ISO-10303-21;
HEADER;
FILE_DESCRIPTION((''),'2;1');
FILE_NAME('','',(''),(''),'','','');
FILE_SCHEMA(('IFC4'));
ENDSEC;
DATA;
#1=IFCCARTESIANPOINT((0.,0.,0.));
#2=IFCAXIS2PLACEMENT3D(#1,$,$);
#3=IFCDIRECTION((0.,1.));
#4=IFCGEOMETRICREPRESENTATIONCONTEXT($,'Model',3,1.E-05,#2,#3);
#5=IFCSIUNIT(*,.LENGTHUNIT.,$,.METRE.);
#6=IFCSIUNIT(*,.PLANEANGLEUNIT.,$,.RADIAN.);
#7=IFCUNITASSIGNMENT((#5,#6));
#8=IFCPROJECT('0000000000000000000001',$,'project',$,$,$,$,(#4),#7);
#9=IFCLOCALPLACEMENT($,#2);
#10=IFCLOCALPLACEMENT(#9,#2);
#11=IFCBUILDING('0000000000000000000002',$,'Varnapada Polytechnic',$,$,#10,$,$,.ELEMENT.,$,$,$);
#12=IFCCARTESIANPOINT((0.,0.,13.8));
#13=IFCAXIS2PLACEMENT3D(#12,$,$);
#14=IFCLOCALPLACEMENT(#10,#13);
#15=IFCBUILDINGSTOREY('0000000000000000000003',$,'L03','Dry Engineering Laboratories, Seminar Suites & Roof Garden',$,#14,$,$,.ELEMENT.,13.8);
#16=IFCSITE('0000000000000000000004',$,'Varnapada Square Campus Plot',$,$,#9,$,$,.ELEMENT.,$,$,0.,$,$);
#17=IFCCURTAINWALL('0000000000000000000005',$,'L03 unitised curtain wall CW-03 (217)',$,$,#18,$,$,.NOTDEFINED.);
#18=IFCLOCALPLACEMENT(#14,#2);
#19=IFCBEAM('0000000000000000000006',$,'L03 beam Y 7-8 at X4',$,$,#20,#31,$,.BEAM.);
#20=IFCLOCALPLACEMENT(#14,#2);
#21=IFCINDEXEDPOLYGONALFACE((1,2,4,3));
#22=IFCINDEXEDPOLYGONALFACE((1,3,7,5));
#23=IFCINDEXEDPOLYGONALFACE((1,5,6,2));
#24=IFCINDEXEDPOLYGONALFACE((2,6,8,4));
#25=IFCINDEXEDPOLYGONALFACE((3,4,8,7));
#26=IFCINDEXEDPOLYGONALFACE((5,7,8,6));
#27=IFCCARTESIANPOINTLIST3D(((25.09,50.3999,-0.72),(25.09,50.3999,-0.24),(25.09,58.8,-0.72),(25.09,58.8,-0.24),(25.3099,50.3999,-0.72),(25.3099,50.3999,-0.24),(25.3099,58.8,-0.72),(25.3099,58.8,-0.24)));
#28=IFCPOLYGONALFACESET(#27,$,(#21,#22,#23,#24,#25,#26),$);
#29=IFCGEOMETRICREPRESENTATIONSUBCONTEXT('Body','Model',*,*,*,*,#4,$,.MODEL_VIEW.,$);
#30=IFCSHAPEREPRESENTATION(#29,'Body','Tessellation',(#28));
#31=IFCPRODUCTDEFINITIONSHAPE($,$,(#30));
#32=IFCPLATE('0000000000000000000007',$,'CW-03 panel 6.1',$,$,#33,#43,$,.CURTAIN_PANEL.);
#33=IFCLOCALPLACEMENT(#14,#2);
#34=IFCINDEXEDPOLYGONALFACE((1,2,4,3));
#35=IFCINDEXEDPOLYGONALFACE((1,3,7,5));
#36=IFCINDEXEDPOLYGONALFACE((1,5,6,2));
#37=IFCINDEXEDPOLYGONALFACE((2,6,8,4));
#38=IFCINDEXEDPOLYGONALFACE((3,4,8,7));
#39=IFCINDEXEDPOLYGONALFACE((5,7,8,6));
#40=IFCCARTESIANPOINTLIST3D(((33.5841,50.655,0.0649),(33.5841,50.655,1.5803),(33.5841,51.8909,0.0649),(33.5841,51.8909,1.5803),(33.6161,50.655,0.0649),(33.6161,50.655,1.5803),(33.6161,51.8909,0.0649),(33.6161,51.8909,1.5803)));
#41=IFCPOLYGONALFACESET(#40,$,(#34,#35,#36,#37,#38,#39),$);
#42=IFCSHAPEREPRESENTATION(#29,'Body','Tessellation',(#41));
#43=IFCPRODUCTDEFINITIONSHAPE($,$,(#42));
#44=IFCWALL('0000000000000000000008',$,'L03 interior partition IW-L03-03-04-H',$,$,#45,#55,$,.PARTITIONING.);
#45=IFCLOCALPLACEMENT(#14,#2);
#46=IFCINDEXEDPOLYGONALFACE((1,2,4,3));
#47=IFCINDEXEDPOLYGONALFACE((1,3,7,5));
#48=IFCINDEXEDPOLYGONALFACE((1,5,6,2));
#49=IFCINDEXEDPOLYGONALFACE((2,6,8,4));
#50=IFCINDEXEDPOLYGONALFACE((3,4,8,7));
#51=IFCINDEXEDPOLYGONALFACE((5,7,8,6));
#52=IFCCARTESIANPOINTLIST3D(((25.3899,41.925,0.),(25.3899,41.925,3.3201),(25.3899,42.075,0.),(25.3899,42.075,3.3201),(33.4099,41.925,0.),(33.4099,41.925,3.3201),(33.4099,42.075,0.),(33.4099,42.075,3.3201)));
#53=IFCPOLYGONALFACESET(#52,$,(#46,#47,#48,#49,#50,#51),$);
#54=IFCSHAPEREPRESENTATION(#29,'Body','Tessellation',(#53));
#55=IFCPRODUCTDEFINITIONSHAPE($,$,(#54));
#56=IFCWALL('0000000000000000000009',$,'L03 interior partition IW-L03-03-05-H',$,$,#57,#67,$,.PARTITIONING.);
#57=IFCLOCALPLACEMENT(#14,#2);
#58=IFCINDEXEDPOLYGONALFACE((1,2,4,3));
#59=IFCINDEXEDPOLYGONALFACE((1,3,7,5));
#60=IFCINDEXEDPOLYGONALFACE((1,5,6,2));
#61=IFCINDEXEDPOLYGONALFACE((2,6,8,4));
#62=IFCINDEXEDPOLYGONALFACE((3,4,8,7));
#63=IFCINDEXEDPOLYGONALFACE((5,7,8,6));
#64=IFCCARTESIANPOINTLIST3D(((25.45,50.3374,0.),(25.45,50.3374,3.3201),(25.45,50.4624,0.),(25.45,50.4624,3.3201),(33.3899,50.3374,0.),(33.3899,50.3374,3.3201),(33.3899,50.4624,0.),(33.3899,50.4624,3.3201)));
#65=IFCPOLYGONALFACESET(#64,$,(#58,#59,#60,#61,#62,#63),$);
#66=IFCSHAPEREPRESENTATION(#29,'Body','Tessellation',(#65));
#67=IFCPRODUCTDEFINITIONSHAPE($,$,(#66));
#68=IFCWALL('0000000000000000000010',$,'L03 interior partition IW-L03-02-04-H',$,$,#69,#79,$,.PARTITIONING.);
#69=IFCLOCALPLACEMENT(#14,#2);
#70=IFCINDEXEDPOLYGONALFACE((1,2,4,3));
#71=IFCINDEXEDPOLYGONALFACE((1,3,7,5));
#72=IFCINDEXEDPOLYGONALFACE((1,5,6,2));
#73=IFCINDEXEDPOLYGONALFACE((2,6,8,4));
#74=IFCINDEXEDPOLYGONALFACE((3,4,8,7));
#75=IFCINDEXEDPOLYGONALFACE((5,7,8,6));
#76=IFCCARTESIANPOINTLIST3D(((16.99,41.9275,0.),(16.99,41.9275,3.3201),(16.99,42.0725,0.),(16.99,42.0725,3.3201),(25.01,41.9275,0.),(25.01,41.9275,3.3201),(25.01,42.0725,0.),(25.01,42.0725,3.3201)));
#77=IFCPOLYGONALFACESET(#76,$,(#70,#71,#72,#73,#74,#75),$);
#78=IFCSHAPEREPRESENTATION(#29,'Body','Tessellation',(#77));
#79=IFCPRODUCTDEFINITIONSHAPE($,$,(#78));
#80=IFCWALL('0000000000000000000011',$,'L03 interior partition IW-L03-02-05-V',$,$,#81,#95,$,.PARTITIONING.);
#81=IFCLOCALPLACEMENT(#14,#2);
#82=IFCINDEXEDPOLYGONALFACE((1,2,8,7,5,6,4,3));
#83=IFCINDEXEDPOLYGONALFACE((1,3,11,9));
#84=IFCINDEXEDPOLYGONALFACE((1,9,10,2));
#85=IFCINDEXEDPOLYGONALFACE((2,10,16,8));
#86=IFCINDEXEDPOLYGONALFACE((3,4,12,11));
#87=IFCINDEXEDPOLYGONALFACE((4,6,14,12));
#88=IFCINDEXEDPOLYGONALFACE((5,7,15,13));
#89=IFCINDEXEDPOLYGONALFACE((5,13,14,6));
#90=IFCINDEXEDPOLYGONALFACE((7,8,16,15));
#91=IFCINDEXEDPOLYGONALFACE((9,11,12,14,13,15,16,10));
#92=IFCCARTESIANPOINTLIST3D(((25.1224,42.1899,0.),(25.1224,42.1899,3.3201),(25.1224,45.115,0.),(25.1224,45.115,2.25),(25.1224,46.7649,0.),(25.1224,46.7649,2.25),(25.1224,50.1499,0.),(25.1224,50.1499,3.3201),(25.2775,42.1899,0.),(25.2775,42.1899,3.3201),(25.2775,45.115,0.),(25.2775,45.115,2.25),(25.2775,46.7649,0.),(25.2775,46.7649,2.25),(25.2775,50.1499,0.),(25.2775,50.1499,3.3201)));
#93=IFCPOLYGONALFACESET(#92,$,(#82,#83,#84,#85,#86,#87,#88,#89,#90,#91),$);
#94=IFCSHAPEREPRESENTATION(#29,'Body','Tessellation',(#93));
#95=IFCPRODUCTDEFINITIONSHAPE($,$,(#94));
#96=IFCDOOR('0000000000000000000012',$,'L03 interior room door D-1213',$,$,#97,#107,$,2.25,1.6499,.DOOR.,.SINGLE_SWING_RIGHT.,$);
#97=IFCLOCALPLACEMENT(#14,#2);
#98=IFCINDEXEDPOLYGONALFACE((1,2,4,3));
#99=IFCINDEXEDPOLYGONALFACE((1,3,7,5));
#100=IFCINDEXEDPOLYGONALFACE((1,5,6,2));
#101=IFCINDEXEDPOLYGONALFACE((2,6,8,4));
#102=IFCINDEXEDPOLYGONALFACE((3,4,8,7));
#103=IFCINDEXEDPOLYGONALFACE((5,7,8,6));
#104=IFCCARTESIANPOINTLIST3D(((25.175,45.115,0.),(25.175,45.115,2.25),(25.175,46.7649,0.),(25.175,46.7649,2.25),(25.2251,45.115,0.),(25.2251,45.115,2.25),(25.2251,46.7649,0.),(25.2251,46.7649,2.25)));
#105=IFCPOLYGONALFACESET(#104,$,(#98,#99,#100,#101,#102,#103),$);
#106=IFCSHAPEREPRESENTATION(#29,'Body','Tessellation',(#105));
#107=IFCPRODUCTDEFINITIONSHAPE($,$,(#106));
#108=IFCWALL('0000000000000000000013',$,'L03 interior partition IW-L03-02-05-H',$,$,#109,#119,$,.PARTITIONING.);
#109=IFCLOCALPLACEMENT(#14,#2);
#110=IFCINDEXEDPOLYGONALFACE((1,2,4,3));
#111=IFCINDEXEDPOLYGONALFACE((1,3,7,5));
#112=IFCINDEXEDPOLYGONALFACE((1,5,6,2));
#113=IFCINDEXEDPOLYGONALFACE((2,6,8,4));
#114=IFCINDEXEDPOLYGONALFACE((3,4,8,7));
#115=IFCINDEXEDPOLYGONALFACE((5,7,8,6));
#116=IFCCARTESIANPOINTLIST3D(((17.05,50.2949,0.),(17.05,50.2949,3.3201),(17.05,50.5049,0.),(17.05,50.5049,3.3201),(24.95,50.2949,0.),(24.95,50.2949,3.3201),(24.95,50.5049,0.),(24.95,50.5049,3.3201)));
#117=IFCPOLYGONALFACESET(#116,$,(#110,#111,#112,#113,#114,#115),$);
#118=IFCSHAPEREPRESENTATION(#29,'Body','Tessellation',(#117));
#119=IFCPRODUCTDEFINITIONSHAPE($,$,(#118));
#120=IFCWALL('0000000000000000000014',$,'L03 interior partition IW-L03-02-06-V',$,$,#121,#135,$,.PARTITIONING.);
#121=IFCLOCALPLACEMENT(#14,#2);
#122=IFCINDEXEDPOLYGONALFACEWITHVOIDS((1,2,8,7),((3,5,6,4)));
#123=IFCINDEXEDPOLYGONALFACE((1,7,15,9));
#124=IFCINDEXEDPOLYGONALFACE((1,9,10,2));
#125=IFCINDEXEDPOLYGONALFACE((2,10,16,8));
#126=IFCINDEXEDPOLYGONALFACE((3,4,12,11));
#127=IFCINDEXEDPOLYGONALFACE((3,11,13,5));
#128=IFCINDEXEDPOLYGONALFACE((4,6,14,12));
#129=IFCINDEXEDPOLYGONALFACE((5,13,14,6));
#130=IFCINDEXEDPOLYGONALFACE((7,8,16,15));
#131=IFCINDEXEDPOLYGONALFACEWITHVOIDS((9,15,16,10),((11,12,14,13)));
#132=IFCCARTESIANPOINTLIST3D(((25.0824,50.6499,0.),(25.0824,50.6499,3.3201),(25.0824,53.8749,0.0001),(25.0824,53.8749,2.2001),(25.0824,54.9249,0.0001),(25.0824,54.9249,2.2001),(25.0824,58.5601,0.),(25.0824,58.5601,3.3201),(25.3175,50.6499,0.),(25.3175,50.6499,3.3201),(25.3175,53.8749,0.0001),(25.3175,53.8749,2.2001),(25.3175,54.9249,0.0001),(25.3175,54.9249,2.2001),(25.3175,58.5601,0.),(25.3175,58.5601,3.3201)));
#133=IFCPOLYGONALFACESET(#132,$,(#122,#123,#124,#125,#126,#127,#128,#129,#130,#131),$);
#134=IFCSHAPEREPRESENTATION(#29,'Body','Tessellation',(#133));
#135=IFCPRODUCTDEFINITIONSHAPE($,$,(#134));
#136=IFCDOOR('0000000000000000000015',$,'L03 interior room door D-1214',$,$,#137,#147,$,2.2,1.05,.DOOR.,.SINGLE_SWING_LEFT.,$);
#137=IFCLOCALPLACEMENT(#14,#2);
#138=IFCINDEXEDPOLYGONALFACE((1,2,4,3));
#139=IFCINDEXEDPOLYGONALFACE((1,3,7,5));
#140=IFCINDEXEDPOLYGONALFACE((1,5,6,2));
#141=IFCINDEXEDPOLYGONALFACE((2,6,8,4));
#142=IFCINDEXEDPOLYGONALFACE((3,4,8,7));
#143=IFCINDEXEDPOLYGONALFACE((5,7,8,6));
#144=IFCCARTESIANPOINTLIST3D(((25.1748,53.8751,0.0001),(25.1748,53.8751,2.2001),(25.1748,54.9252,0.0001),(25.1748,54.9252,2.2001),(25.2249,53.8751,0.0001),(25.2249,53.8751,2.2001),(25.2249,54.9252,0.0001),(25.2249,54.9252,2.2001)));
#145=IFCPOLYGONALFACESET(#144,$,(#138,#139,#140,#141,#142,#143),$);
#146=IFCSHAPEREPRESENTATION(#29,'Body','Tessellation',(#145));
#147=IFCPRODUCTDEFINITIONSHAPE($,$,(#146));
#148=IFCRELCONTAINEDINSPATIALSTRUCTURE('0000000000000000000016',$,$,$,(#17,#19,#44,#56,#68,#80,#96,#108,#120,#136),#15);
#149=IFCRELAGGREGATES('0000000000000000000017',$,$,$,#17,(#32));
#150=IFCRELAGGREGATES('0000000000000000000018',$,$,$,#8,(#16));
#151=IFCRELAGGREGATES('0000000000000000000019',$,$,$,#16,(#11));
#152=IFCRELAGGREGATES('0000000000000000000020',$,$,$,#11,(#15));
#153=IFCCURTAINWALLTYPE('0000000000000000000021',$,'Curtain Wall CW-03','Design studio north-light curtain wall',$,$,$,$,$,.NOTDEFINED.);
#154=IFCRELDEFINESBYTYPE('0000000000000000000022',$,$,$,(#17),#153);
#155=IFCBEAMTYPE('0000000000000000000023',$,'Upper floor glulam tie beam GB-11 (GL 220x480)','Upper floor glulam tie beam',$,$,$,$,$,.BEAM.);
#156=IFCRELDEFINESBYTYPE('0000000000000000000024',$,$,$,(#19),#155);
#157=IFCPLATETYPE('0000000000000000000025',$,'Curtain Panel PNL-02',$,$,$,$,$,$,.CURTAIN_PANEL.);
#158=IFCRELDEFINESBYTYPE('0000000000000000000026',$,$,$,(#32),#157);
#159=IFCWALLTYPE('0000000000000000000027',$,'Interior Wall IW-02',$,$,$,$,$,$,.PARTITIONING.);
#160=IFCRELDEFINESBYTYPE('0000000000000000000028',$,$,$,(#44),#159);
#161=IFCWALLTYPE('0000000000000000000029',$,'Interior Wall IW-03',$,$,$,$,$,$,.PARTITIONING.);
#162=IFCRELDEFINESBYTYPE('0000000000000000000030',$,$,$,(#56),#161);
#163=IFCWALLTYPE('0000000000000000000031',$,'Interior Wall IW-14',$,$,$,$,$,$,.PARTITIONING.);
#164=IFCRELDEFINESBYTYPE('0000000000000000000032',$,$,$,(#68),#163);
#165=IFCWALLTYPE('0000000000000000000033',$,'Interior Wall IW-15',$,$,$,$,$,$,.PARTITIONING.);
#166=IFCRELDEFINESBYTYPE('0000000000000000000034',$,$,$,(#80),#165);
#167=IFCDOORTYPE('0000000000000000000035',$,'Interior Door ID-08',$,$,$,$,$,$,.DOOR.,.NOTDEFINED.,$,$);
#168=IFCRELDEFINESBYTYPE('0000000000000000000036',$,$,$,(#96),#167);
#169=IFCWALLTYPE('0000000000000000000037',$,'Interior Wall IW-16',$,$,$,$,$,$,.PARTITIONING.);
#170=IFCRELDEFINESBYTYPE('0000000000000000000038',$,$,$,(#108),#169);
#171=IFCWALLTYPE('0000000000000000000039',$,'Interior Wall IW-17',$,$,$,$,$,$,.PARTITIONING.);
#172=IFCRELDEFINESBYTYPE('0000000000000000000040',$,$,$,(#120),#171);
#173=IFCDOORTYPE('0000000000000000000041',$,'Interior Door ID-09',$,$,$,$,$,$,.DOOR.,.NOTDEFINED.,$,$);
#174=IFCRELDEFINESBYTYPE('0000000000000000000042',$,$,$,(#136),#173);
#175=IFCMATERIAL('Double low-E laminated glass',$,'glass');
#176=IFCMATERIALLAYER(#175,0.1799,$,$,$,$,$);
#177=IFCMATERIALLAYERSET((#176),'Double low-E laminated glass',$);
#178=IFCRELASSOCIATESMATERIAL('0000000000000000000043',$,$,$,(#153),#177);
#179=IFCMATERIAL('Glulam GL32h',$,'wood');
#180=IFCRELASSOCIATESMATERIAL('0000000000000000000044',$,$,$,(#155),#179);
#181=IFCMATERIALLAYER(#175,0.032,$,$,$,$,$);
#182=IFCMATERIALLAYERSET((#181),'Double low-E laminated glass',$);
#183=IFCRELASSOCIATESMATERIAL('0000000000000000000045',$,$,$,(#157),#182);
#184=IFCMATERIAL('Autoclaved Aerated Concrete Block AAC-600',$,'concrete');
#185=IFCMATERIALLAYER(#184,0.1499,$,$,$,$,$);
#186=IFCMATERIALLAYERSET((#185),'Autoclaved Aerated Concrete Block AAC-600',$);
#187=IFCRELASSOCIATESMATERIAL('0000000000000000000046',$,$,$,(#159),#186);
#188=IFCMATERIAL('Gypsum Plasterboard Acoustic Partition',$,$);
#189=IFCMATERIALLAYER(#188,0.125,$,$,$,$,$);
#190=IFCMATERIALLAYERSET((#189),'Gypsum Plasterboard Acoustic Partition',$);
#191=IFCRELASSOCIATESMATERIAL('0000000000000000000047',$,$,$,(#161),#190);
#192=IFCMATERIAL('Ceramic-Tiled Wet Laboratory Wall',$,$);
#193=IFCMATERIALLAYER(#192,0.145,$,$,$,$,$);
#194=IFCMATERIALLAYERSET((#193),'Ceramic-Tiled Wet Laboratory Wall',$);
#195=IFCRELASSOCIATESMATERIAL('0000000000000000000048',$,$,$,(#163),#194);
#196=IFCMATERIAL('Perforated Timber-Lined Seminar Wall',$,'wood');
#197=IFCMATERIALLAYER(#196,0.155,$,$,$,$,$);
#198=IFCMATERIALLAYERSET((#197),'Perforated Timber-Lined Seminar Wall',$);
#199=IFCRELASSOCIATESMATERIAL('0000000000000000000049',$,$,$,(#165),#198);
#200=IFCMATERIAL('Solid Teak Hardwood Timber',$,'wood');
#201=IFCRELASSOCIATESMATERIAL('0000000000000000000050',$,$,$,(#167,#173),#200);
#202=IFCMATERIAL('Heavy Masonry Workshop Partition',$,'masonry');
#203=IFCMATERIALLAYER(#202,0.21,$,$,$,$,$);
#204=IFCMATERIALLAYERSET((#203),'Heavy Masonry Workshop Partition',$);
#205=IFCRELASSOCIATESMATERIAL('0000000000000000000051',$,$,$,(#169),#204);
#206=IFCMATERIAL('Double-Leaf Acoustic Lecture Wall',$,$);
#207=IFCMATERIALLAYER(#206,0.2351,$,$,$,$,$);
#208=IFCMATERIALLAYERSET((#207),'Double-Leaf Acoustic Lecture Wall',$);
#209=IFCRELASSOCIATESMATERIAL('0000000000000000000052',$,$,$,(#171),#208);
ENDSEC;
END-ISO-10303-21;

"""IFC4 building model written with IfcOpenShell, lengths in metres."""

from ifc_helpers import new_model, si_unit, direction, frame, frame_2d, origin, origin_2d, place, context, subcontext, project, spatial, rectangle, extrude, material, layer, layer_set, material_profile, profile_set, type_object, element, fill, aggregate, save


model = new_model("IFC4")

# Units and contexts
model_context = context("Model", 3, precision=1e-05, world=origin(), true_north=direction((0.0, 1.0)))
body_context = subcontext(model_context, "Body", "Model", "MODEL_VIEW")
ifc_project = project(units=[si_unit("LENGTHUNIT", "METRE"), si_unit("PLANEANGLEUNIT", "RADIAN")], contexts=[model_context])

# Site, building, storey
site_placement = place(None, origin())
site = spatial("IfcSite", under=ifc_project, at=site_placement, Name="Varnapada Square Campus Plot", CompositionType="ELEMENT", RefElevation=0.0)
building_placement = place(site_placement, origin())
building = spatial("IfcBuilding", under=site, at=building_placement, Name="Varnapada Polytechnic", CompositionType="ELEMENT")
storey_placement = place(building_placement, frame((0.0, 0.0, 13.8)))
storey = spatial("IfcBuildingStorey", under=building, at=storey_placement, Name="L03", Description="Dry Engineering Laboratories, Seminar Suites & Roof Garden", CompositionType="ELEMENT", Elevation=13.8)

# Shared definitions
ifc_material_1 = material(Name="Glulam GL32h", Category="wood")

# Curtain wall
ifc_material_2 = material(Name="Double low-E laminated glass", Category="glass")
ifc_layer_1 = layer(ifc_material_2, 0.1799)
ifc_layer_set_1 = layer_set([ifc_layer_1], Name="Double low-E laminated glass")
curtain_wall_type = type_object("IfcCurtainWallType", Name="Curtain Wall CW-03", Description="Design studio north-light curtain wall", PredefinedType="NOTDEFINED", material=ifc_layer_set_1)
curtain_wall_placement = place(storey_placement, origin())
curtain_wall = element("IfcCurtainWall", 1, at=curtain_wall_placement, inside=storey, type_object=curtain_wall_type, Name="L03 unitised curtain wall CW-03 (217)", PredefinedType="NOTDEFINED")

# Beam
ifc_material_profile_1 = material_profile(ifc_material_1, rectangle(XDim=0.22, YDim=0.48, at=origin_2d()), Name="GL 220x480")
ifc_profile_set_1 = profile_set([ifc_material_profile_1], Name="Glulam GL32h")
beam_type_1 = type_object("IfcBeamType", Name="Upper floor glulam tie beam GB-11 (GL 220x480)", Description="Upper floor glulam tie beam", PredefinedType="BEAM", material=ifc_profile_set_1)
beam_1_placement = place(storey_placement, frame((25.2, 50.3999, -0.48), z_axis=(0.0, 1.0, 0.0), x_axis=(-1.0, 0.0, 0.0)))
element("IfcBeam", 2, at=beam_1_placement, inside=storey, type_object=beam_type_1, Name="L03 beam Y 7-8 at X4", PredefinedType="BEAM", context=body_context, shape_type="SweptSolid", body=[
    extrude(rectangle(XDim=0.22, YDim=0.48, at=origin_2d()), origin(), (0.0, 0.0, 1.0), 8.4001),
])

# Plate
ifc_layer_2 = layer(ifc_material_2, 0.032)
ifc_layer_set_2 = layer_set([ifc_layer_2], Name="Double low-E laminated glass")
plate_type = type_object("IfcPlateType", Name="Curtain Panel PNL-02", PredefinedType="CURTAIN_PANEL", material=ifc_layer_set_2)
plate_placement = place(storey_placement, frame((33.6001, 51.2729, 0.0649), z_axis=(0.0, 0.0, 1.0), x_axis=(0.0, -1.0, 0.0)))
plate = element("IfcPlate", 3, at=plate_placement, type_object=plate_type, Name="CW-03 panel 6.1", PredefinedType="CURTAIN_PANEL", context=body_context, shape_type="SweptSolid", body=[
    extrude(rectangle(XDim=1.2358, YDim=0.032, at=origin_2d()), origin(), (0.0, 0.0, 1.0), 1.5154),
])
aggregate(curtain_wall, [plate])

# Walls
ifc_material_3 = material(Name="Autoclaved Aerated Concrete Block AAC-600", Category="concrete")
ifc_layer_3 = layer(ifc_material_3, 0.1499)
ifc_layer_set_3 = layer_set([ifc_layer_3], Name="Autoclaved Aerated Concrete Block AAC-600")
wall_type_1 = type_object("IfcWallType", Name="Interior Wall IW-02", PredefinedType="PARTITIONING", material=ifc_layer_set_3)
wall_1_placement = place(storey_placement, frame((25.3899, 42.0, 0.0), z_axis=(0.0, 0.0, 1.0), x_axis=(1.0, 0.0, 0.0)))
element("IfcWall", 4, at=wall_1_placement, inside=storey, type_object=wall_type_1, Name="L03 interior partition IW-L03-03-04-H", PredefinedType="PARTITIONING", context=body_context, shape_type="SweptSolid", body=[
    extrude(rectangle(XDim=8.02, YDim=0.1499, at=frame_2d((4.01, 0.0))), origin(), (0.0, 0.0, 1.0), 3.3201),
])
ifc_material_4 = material(Name="Gypsum Plasterboard Acoustic Partition")
ifc_layer_4 = layer(ifc_material_4, 0.125)
ifc_layer_set_4 = layer_set([ifc_layer_4], Name="Gypsum Plasterboard Acoustic Partition")
wall_type_2 = type_object("IfcWallType", Name="Interior Wall IW-03", PredefinedType="PARTITIONING", material=ifc_layer_set_4)
wall_2_placement = place(storey_placement, frame((25.45, 50.3999, 0.0), z_axis=(0.0, 0.0, 1.0), x_axis=(1.0, 0.0, 0.0)))
element("IfcWall", 5, at=wall_2_placement, inside=storey, type_object=wall_type_2, Name="L03 interior partition IW-L03-03-05-H", PredefinedType="PARTITIONING", context=body_context, shape_type="SweptSolid", body=[
    extrude(rectangle(XDim=7.9399, YDim=0.125, at=frame_2d((3.97, 0.0))), origin(), (0.0, 0.0, 1.0), 3.3201),
])
ifc_material_5 = material(Name="Ceramic-Tiled Wet Laboratory Wall")
ifc_layer_5 = layer(ifc_material_5, 0.145)
ifc_layer_set_5 = layer_set([ifc_layer_5], Name="Ceramic-Tiled Wet Laboratory Wall")
wall_type_3 = type_object("IfcWallType", Name="Interior Wall IW-14", PredefinedType="PARTITIONING", material=ifc_layer_set_5)
wall_3_placement = place(storey_placement, frame((16.99, 42.0, 0.0), z_axis=(0.0, 0.0, 1.0), x_axis=(1.0, 0.0, 0.0)))
element("IfcWall", 6, at=wall_3_placement, inside=storey, type_object=wall_type_3, Name="L03 interior partition IW-L03-02-04-H", PredefinedType="PARTITIONING", context=body_context, shape_type="SweptSolid", body=[
    extrude(rectangle(XDim=8.02, YDim=0.145, at=frame_2d((4.01, 0.0))), origin(), (0.0, 0.0, 1.0), 3.3201),
])

# Wall, opening, door
ifc_material_6 = material(Name="Perforated Timber-Lined Seminar Wall", Category="wood")
ifc_layer_6 = layer(ifc_material_6, 0.155)
ifc_layer_set_6 = layer_set([ifc_layer_6], Name="Perforated Timber-Lined Seminar Wall")
wall_type_4 = type_object("IfcWallType", Name="Interior Wall IW-15", PredefinedType="PARTITIONING", material=ifc_layer_set_6)
wall_4_placement = place(storey_placement, frame((25.2, 42.1899, 0.0), z_axis=(0.0, 0.0, 1.0), x_axis=(0.0, 1.0, 0.0)))
wall_4 = element("IfcWall", 7, at=wall_4_placement, inside=storey, type_object=wall_type_4, Name="L03 interior partition IW-L03-02-05-V", PredefinedType="PARTITIONING", context=body_context, shape_type="SweptSolid", body=[
    extrude(rectangle(XDim=7.96, YDim=0.155, at=frame_2d((3.98, 0.0))), origin(), (0.0, 0.0, 1.0), 3.3201),
])
opening_1_placement = place(wall_4_placement, frame((2.925, 0.0, 0.0)))
opening_1 = element("IfcOpeningElement", 8, at=opening_1_placement, cuts=wall_4, PredefinedType="OPENING", context=body_context, shape_type="SweptSolid", body=[
    extrude(rectangle(XDim=1.6499, YDim=2.25, at=frame_2d((0.825, 1.125))), frame((0.0, 0.0874, 0.0), z_axis=(0.0, -1.0, 0.0), x_axis=(1.0, 0.0, 0.0)), (0.0, 0.0, 1.0), 0.175),
])
ifc_material_7 = material(Name="Solid Teak Hardwood Timber", Category="wood")
door_type_1 = type_object("IfcDoorType", Name="Interior Door ID-08", OperationType="NOTDEFINED", PredefinedType="DOOR", material=ifc_material_7)
door_1_placement = place(opening_1_placement, origin())
door_1 = element("IfcDoor", 9, at=door_1_placement, inside=storey, type_object=door_type_1, Name="L03 interior room door D-1213", OperationType="SINGLE_SWING_RIGHT", OverallHeight=2.25, OverallWidth=1.6499, PredefinedType="DOOR", context=body_context, shape_type="SweptSolid", body=[
    extrude(rectangle(XDim=1.6499, YDim=2.25, at=frame_2d((0.825, 1.125))), frame((0.0, 0.0249, 0.0), z_axis=(0.0, -1.0, 0.0), x_axis=(1.0, 0.0, 0.0)), (0.0, 0.0, 1.0), 0.05),
])
fill(opening_1, door_1)

# Wall
ifc_material_8 = material(Name="Heavy Masonry Workshop Partition", Category="masonry")
ifc_layer_7 = layer(ifc_material_8, 0.21)
ifc_layer_set_7 = layer_set([ifc_layer_7], Name="Heavy Masonry Workshop Partition")
wall_type_5 = type_object("IfcWallType", Name="Interior Wall IW-16", PredefinedType="PARTITIONING", material=ifc_layer_set_7)
wall_5_placement = place(storey_placement, frame((17.05, 50.3999, 0.0), z_axis=(0.0, 0.0, 1.0), x_axis=(1.0, 0.0, 0.0)))
element("IfcWall", 10, at=wall_5_placement, inside=storey, type_object=wall_type_5, Name="L03 interior partition IW-L03-02-05-H", PredefinedType="PARTITIONING", context=body_context, shape_type="SweptSolid", body=[
    extrude(rectangle(XDim=7.8999, YDim=0.21, at=frame_2d((3.95, 0.0))), origin(), (0.0, 0.0, 1.0), 3.3201),
])

# Wall, opening, door
ifc_material_9 = material(Name="Double-Leaf Acoustic Lecture Wall")
ifc_layer_8 = layer(ifc_material_9, 0.2351)
ifc_layer_set_8 = layer_set([ifc_layer_8], Name="Double-Leaf Acoustic Lecture Wall")
wall_type_6 = type_object("IfcWallType", Name="Interior Wall IW-17", PredefinedType="PARTITIONING", material=ifc_layer_set_8)
wall_6_placement = place(storey_placement, frame((25.2, 50.6499, 0.0), z_axis=(0.0, 0.0, 1.0), x_axis=(0.0, 1.0, 0.0)))
wall_6 = element("IfcWall", 11, at=wall_6_placement, inside=storey, type_object=wall_type_6, Name="L03 interior partition IW-L03-02-06-V", PredefinedType="PARTITIONING", context=body_context, shape_type="SweptSolid", body=[
    extrude(rectangle(XDim=7.9102, YDim=0.2351, at=frame_2d((3.9551, 0.0))), origin(), (0.0, 0.0, 1.0), 3.3201),
])
opening_2_placement = place(wall_6_placement, frame((3.2251, 0.0, 0.0)))
opening_2 = element("IfcOpeningElement", 12, at=opening_2_placement, cuts=wall_6, PredefinedType="OPENING", context=body_context, shape_type="SweptSolid", body=[
    extrude(rectangle(XDim=1.05, YDim=2.2, at=frame_2d((0.5249, 1.1001))), frame((0.0, 0.1274, 0.0), z_axis=(0.0, -1.0, 0.0), x_axis=(1.0, 0.0, 0.0)), (0.0, 0.0, 1.0), 0.2551),
])
door_type_2 = type_object("IfcDoorType", Name="Interior Door ID-09", OperationType="NOTDEFINED", PredefinedType="DOOR", material=ifc_material_7)
door_2_placement = place(opening_2_placement, frame((1.05, 0.0, 0.0), z_axis=(0.0, 0.0, 1.0), x_axis=(-1.0, 0.0, 0.0)))
door_2 = element("IfcDoor", 13, at=door_2_placement, inside=storey, type_object=door_type_2, Name="L03 interior room door D-1214", OperationType="SINGLE_SWING_LEFT", OverallHeight=2.2, OverallWidth=1.05, PredefinedType="DOOR", context=body_context, shape_type="SweptSolid", body=[
    extrude(rectangle(XDim=1.05, YDim=2.2, at=frame_2d((0.5249, 1.1001))), frame((0.0, 0.0249, 0.0), z_axis=(0.0, -1.0, 0.0), x_axis=(1.0, 0.0, 0.0)), (0.0, 0.0, 1.0), 0.05),
])
fill(opening_2, door_2)

save(model, "model.ifc")
